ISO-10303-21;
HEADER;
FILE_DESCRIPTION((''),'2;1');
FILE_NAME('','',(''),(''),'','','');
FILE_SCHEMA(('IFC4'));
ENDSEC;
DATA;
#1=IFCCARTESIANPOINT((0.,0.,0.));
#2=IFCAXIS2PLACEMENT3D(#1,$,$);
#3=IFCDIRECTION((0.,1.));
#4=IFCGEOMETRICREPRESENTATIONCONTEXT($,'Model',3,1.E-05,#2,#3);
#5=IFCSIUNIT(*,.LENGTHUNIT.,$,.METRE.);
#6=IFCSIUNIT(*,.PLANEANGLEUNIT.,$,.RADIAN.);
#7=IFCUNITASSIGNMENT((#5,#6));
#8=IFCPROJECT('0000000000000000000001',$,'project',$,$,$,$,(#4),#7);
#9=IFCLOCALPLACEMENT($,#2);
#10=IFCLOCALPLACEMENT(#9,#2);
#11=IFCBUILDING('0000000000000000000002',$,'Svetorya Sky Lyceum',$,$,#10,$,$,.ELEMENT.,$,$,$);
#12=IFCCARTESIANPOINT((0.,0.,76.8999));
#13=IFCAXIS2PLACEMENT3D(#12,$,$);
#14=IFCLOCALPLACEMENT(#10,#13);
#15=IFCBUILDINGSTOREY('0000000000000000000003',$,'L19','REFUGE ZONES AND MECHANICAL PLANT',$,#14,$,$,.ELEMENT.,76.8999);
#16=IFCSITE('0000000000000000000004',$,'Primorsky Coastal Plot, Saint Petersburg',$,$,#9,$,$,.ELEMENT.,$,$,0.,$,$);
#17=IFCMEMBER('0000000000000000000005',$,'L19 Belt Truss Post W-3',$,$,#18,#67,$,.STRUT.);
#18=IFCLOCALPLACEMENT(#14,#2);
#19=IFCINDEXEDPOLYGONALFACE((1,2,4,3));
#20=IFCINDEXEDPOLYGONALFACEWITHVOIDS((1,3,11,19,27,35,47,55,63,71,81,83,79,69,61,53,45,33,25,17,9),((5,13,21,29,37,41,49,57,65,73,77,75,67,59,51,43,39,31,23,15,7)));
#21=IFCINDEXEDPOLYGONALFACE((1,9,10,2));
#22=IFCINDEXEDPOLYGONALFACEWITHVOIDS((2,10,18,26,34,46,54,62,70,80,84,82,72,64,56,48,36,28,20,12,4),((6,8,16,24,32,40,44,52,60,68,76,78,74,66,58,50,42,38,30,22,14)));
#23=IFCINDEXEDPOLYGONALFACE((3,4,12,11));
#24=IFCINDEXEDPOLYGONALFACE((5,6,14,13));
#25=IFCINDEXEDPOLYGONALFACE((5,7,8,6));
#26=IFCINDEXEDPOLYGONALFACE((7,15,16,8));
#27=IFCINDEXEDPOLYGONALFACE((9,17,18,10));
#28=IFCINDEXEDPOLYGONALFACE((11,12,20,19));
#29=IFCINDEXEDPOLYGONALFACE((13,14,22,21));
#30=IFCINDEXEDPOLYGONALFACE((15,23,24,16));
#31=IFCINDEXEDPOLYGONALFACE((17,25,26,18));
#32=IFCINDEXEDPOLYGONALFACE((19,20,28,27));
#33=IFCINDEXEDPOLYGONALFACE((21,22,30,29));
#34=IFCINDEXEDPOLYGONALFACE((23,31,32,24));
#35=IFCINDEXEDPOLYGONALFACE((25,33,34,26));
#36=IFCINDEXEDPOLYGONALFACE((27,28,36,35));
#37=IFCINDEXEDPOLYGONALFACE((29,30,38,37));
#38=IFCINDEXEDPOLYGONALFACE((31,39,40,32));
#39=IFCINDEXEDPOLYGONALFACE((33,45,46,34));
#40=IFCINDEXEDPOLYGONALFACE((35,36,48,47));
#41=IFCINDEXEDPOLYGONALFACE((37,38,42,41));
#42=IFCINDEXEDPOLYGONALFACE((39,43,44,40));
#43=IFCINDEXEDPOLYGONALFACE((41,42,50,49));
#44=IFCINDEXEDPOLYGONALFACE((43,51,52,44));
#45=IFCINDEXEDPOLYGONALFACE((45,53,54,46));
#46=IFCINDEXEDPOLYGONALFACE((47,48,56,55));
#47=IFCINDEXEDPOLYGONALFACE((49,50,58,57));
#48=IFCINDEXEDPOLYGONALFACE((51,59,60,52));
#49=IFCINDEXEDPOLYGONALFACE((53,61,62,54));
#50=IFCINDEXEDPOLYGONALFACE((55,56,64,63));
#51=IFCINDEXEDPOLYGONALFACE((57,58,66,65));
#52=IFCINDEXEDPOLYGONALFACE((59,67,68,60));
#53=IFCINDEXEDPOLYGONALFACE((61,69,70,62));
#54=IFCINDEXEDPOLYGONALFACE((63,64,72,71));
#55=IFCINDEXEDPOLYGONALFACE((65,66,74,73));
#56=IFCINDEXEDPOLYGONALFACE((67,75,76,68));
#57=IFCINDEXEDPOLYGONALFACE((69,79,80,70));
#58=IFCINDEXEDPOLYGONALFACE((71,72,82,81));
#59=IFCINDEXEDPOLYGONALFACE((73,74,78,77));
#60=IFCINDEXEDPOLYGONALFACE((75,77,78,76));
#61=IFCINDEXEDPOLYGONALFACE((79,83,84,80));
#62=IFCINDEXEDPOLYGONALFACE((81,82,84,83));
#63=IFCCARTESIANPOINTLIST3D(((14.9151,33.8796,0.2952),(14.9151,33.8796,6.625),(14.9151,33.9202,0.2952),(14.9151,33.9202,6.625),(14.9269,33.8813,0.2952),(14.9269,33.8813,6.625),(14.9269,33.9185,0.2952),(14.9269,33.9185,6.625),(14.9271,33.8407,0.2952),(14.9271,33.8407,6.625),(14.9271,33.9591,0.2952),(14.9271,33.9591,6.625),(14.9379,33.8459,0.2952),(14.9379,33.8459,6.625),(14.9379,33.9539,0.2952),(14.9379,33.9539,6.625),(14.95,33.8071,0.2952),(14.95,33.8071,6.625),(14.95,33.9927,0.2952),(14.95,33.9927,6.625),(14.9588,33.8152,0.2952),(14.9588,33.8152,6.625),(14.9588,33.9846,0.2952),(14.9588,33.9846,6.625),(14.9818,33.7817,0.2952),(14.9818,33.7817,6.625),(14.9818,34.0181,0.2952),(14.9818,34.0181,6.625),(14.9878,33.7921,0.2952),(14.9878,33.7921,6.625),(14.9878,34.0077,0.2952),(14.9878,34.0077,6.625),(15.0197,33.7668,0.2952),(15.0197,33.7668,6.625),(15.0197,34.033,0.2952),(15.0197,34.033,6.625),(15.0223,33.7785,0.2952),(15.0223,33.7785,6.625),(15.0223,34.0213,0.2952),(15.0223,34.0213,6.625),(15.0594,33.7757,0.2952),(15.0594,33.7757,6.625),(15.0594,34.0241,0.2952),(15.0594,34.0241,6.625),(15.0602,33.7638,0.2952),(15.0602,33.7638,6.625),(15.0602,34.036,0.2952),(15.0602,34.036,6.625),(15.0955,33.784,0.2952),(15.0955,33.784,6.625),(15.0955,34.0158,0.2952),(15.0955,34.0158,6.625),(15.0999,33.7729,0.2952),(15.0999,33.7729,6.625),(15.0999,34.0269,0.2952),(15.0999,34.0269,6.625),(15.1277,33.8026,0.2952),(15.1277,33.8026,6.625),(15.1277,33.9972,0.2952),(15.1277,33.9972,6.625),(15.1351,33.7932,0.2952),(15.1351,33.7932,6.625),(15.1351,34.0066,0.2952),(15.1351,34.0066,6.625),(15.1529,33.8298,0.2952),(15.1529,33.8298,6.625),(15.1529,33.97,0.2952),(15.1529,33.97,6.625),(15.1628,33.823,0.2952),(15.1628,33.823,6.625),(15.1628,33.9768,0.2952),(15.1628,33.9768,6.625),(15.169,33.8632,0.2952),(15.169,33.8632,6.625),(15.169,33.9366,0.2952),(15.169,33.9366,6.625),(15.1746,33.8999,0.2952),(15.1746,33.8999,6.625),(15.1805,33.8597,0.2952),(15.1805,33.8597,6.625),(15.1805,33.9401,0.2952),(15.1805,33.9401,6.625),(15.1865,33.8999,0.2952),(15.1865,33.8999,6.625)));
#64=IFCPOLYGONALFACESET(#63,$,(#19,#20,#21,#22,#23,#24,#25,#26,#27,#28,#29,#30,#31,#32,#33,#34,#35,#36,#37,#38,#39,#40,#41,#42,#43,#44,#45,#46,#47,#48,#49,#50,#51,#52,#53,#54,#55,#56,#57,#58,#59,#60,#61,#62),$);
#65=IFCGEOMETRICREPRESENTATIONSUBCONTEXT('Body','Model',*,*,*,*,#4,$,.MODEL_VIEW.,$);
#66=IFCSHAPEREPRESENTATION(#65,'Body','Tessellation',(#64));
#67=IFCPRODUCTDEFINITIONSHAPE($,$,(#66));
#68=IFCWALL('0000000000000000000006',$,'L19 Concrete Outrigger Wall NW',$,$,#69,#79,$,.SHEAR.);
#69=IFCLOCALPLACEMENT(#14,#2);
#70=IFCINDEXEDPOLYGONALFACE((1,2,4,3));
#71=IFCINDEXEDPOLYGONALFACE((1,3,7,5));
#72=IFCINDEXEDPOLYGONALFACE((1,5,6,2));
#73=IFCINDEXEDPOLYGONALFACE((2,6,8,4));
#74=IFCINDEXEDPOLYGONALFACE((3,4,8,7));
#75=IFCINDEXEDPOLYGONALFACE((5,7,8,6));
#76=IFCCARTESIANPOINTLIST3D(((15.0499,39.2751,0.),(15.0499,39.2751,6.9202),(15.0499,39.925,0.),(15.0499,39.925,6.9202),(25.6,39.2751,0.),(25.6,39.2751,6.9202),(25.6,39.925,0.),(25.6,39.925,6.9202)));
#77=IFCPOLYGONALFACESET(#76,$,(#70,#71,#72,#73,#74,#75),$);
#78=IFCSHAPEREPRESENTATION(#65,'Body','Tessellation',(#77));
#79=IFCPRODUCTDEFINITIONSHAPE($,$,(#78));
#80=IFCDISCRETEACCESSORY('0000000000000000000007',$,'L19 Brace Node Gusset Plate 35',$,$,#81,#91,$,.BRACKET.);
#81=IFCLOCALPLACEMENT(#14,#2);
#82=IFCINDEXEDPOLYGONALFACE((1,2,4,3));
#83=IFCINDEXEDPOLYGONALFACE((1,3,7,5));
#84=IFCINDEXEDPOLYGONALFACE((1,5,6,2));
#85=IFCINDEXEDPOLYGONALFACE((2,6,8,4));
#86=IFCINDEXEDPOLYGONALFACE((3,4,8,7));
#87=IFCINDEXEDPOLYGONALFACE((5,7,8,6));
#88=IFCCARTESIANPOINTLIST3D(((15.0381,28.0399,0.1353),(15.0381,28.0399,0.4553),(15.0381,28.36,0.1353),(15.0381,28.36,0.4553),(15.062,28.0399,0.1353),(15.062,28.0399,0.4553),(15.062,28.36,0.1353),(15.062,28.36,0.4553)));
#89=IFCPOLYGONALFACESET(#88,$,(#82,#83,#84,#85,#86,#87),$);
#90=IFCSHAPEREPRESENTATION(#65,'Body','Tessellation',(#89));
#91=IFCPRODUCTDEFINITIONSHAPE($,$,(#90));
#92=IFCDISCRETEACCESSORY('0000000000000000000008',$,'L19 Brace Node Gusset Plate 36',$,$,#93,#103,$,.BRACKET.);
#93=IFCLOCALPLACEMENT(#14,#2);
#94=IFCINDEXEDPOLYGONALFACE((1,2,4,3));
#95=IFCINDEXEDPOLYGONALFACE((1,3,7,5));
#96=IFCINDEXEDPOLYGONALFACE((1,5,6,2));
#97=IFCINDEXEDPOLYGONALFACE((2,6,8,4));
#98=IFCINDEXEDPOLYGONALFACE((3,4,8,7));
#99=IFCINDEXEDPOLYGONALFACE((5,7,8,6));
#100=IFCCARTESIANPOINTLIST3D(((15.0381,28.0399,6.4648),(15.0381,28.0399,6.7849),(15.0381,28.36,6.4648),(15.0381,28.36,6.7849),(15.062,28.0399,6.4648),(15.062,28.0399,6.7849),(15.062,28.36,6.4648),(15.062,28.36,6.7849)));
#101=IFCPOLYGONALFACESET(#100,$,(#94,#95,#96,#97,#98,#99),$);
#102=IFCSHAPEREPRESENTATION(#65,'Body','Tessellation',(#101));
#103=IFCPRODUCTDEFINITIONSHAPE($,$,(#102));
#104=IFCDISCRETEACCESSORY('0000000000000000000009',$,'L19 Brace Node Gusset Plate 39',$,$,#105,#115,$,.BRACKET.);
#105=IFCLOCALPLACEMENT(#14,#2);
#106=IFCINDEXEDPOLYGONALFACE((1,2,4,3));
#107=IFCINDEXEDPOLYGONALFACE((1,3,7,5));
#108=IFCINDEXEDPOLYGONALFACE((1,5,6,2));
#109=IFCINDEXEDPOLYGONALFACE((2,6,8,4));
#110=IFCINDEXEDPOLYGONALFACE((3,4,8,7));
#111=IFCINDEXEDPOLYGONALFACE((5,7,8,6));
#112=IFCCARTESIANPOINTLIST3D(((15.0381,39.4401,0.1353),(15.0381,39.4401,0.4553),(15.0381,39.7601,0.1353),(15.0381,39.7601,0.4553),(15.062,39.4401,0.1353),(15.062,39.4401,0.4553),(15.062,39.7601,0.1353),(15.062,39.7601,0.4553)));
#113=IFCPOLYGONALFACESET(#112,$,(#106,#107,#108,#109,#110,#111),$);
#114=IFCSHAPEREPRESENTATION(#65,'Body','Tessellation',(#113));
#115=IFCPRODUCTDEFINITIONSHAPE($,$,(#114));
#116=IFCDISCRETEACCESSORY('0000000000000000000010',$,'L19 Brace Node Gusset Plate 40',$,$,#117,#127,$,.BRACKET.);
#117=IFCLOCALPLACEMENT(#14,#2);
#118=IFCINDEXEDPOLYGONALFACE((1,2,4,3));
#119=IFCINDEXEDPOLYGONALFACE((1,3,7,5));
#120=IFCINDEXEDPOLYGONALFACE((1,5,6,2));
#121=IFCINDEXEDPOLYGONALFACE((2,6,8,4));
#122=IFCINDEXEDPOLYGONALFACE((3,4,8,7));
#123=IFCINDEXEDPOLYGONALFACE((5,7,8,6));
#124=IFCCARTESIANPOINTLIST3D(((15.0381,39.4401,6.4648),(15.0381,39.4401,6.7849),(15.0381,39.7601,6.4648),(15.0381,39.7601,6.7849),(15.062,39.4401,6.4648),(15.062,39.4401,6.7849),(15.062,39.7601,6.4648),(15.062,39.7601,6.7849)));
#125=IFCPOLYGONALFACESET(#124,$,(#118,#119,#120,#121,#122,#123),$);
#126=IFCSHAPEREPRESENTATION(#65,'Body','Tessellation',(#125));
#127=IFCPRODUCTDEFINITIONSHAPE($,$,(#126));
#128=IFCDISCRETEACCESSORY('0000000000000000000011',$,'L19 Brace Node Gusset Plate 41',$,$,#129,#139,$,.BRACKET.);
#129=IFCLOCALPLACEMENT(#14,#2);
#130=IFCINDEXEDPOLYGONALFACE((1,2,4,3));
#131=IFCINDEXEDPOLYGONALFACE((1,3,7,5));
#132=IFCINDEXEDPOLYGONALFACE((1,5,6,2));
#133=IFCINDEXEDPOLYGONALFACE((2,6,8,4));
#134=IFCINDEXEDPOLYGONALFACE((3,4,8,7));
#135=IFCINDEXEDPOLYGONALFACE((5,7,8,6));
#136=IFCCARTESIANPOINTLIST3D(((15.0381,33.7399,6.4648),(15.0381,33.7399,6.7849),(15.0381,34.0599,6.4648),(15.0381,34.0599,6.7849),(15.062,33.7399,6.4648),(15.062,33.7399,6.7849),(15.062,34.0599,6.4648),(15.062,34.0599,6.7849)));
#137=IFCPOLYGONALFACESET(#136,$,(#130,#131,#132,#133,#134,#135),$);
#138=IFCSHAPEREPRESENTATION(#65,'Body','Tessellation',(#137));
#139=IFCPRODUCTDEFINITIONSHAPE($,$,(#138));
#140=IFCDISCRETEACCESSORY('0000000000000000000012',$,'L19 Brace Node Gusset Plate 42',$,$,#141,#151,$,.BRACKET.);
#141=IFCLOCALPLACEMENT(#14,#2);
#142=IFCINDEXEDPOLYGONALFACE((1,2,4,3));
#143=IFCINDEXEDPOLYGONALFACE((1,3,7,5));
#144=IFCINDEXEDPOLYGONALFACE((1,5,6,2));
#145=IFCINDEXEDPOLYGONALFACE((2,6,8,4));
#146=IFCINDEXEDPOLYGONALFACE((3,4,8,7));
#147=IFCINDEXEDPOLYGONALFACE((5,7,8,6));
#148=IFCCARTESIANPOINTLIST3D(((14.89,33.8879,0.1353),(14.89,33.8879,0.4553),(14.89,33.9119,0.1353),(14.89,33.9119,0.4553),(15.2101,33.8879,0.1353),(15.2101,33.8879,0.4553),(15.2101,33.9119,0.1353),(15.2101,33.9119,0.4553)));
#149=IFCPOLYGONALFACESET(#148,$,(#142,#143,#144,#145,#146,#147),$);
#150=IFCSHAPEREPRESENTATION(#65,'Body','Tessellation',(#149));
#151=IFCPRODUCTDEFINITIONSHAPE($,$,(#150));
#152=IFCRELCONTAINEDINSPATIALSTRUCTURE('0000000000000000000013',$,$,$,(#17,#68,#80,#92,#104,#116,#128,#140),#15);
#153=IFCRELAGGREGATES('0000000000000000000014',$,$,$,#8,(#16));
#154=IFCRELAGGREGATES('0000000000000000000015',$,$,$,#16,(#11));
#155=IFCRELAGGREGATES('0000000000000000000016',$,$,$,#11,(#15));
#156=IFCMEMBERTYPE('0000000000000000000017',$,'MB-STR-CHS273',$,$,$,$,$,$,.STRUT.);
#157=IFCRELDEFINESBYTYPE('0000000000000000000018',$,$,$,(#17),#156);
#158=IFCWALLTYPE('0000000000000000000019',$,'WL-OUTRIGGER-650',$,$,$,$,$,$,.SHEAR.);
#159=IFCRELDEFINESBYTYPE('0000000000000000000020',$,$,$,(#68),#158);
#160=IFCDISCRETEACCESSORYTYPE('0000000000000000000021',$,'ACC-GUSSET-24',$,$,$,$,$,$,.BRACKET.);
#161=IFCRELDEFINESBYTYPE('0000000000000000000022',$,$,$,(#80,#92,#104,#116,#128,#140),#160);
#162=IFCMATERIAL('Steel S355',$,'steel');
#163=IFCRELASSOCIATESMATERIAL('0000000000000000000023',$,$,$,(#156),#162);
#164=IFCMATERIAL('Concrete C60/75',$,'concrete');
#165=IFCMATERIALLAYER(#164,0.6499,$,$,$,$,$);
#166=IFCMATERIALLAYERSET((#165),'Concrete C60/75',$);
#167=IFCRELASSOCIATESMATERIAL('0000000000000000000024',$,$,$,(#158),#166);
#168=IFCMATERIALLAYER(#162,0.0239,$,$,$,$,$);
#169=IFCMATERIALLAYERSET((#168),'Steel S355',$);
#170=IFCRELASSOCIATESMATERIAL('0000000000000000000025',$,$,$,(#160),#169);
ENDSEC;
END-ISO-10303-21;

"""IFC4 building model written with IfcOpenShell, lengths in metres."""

from ifc_helpers import new_model, si_unit, direction, frame, frame_2d, origin, origin_2d, place, context, subcontext, project, spatial, rectangle, hollow_circle, extrude, material, layer, layer_set, material_profile, profile_set, type_object, element, save


model = new_model("IFC4")

# Units and contexts
model_context = context("Model", 3, precision=1e-05, world=origin(), true_north=direction((0.0, 1.0)))
body_context = subcontext(model_context, "Body", "Model", "MODEL_VIEW")
ifc_project = project(units=[si_unit("LENGTHUNIT", "METRE"), si_unit("PLANEANGLEUNIT", "RADIAN")], contexts=[model_context])

# Site, building, storey
site_placement = place(None, origin())
site = spatial("IfcSite", under=ifc_project, at=site_placement, Name="Primorsky Coastal Plot, Saint Petersburg", CompositionType="ELEMENT", RefElevation=0.0)
building_placement = place(site_placement, origin())
building = spatial("IfcBuilding", under=site, at=building_placement, Name="Svetorya Sky Lyceum", CompositionType="ELEMENT")
storey_placement = place(building_placement, frame((0.0, 0.0, 76.8999)))
storey = spatial("IfcBuildingStorey", under=building, at=storey_placement, Name="L19", Description="REFUGE ZONES AND MECHANICAL PLANT", CompositionType="ELEMENT", Elevation=76.8999)

# Shared definitions
ifc_material_1 = material(Name="Concrete C60/75", Category="concrete")

# Shared definitions
ifc_material_2 = material(Name="Steel S355", Category="steel")

# Member
ifc_material_profile_1 = material_profile(ifc_material_2, hollow_circle(Radius=0.1365, WallThickness=0.012, at=origin_2d()), Name="CHS 273x12")
ifc_profile_set_1 = profile_set([ifc_material_profile_1], Name="Steel S355")
member_type_1 = type_object("IfcMemberType", Name="MB-STR-CHS273", PredefinedType="STRUT", material=ifc_profile_set_1)
member_1_placement = place(storey_placement, frame((15.05, 33.8999, 0.2952), z_axis=(0.0, 0.0, 1.0), x_axis=(1.0, 0.0, 0.0)))
element("IfcMember", 1, at=member_1_placement, inside=storey, type_object=member_type_1, Name="L19 Belt Truss Post W-3", PredefinedType="STRUT", context=body_context, shape_type="SweptSolid", body=[
    extrude(hollow_circle(Radius=0.1365, WallThickness=0.012, at=origin_2d()), origin(), (0.0, 0.0, 1.0), 6.3298),
])

# Wall
ifc_layer_1 = layer(ifc_material_1, 0.6499)
ifc_layer_set_1 = layer_set([ifc_layer_1], Name="Concrete C60/75")
wall_type = type_object("IfcWallType", Name="WL-OUTRIGGER-650", PredefinedType="SHEAR", material=ifc_layer_set_1)
wall_placement = place(storey_placement, frame((15.05, 39.6001, 0.0), z_axis=(0.0, 0.0, 1.0), x_axis=(1.0, 0.0, 0.0)))
element("IfcWall", 2, at=wall_placement, inside=storey, type_object=wall_type, Name="L19 Concrete Outrigger Wall NW", PredefinedType="SHEAR", context=body_context, shape_type="SweptSolid", body=[
    extrude(rectangle(XDim=10.55, YDim=0.6499, at=frame_2d((5.2749, 0.0))), origin(), (0.0, 0.0, 1.0), 6.9202),
])

# Discrete accessories
ifc_layer_2 = layer(ifc_material_2, 0.0239)
ifc_layer_set_2 = layer_set([ifc_layer_2], Name="Steel S355")
discrete_accessory_type = type_object("IfcDiscreteAccessoryType", Name="ACC-GUSSET-24", PredefinedType="BRACKET", material=ifc_layer_set_2)
for number, where, z_axis, x_axis, name in (
    (3, (15.05, 28.2, 0.1353), (0.0, 0.0, 1.0), (1.0, 0.0, 0.0), "L19 Brace Node Gusset Plate 35"),
    (4, (15.05, 28.2, 6.4648), (0.0, 0.0, 1.0), (1.0, 0.0, 0.0), "L19 Brace Node Gusset Plate 36"),
    (5, (15.05, 39.6001, 0.1353), (0.0, 0.0, 1.0), (1.0, 0.0, 0.0), "L19 Brace Node Gusset Plate 39"),
    (6, (15.05, 39.6001, 6.4648), (0.0, 0.0, 1.0), (1.0, 0.0, 0.0), "L19 Brace Node Gusset Plate 40"),
    (7, (15.05, 33.8999, 6.4648), (0.0, 0.0, 1.0), (1.0, 0.0, 0.0), "L19 Brace Node Gusset Plate 41"),
):
    element("IfcDiscreteAccessory", number, at=place(storey_placement, frame(where, z_axis=z_axis, x_axis=x_axis)), inside=storey, type_object=discrete_accessory_type, Name=name, PredefinedType="BRACKET", context=body_context, shape_type="SweptSolid", body=[
        extrude(rectangle(XDim=0.0239, YDim=0.3201, at=origin_2d()), origin(), (0.0, 0.0, 1.0), 0.3201),
    ])
discrete_accessory_placement = place(storey_placement, frame((15.05, 33.8999, 0.1353), z_axis=(0.0, 0.0, 1.0), x_axis=(1.0, 0.0, 0.0)))
element("IfcDiscreteAccessory", 8, at=discrete_accessory_placement, inside=storey, type_object=discrete_accessory_type, Name="L19 Brace Node Gusset Plate 42", PredefinedType="BRACKET", context=body_context, shape_type="SweptSolid", body=[
    extrude(rectangle(XDim=0.3201, YDim=0.0239, at=origin_2d()), origin(), (0.0, 0.0, 1.0), 0.3201),
])

save(model, "model.ifc")
